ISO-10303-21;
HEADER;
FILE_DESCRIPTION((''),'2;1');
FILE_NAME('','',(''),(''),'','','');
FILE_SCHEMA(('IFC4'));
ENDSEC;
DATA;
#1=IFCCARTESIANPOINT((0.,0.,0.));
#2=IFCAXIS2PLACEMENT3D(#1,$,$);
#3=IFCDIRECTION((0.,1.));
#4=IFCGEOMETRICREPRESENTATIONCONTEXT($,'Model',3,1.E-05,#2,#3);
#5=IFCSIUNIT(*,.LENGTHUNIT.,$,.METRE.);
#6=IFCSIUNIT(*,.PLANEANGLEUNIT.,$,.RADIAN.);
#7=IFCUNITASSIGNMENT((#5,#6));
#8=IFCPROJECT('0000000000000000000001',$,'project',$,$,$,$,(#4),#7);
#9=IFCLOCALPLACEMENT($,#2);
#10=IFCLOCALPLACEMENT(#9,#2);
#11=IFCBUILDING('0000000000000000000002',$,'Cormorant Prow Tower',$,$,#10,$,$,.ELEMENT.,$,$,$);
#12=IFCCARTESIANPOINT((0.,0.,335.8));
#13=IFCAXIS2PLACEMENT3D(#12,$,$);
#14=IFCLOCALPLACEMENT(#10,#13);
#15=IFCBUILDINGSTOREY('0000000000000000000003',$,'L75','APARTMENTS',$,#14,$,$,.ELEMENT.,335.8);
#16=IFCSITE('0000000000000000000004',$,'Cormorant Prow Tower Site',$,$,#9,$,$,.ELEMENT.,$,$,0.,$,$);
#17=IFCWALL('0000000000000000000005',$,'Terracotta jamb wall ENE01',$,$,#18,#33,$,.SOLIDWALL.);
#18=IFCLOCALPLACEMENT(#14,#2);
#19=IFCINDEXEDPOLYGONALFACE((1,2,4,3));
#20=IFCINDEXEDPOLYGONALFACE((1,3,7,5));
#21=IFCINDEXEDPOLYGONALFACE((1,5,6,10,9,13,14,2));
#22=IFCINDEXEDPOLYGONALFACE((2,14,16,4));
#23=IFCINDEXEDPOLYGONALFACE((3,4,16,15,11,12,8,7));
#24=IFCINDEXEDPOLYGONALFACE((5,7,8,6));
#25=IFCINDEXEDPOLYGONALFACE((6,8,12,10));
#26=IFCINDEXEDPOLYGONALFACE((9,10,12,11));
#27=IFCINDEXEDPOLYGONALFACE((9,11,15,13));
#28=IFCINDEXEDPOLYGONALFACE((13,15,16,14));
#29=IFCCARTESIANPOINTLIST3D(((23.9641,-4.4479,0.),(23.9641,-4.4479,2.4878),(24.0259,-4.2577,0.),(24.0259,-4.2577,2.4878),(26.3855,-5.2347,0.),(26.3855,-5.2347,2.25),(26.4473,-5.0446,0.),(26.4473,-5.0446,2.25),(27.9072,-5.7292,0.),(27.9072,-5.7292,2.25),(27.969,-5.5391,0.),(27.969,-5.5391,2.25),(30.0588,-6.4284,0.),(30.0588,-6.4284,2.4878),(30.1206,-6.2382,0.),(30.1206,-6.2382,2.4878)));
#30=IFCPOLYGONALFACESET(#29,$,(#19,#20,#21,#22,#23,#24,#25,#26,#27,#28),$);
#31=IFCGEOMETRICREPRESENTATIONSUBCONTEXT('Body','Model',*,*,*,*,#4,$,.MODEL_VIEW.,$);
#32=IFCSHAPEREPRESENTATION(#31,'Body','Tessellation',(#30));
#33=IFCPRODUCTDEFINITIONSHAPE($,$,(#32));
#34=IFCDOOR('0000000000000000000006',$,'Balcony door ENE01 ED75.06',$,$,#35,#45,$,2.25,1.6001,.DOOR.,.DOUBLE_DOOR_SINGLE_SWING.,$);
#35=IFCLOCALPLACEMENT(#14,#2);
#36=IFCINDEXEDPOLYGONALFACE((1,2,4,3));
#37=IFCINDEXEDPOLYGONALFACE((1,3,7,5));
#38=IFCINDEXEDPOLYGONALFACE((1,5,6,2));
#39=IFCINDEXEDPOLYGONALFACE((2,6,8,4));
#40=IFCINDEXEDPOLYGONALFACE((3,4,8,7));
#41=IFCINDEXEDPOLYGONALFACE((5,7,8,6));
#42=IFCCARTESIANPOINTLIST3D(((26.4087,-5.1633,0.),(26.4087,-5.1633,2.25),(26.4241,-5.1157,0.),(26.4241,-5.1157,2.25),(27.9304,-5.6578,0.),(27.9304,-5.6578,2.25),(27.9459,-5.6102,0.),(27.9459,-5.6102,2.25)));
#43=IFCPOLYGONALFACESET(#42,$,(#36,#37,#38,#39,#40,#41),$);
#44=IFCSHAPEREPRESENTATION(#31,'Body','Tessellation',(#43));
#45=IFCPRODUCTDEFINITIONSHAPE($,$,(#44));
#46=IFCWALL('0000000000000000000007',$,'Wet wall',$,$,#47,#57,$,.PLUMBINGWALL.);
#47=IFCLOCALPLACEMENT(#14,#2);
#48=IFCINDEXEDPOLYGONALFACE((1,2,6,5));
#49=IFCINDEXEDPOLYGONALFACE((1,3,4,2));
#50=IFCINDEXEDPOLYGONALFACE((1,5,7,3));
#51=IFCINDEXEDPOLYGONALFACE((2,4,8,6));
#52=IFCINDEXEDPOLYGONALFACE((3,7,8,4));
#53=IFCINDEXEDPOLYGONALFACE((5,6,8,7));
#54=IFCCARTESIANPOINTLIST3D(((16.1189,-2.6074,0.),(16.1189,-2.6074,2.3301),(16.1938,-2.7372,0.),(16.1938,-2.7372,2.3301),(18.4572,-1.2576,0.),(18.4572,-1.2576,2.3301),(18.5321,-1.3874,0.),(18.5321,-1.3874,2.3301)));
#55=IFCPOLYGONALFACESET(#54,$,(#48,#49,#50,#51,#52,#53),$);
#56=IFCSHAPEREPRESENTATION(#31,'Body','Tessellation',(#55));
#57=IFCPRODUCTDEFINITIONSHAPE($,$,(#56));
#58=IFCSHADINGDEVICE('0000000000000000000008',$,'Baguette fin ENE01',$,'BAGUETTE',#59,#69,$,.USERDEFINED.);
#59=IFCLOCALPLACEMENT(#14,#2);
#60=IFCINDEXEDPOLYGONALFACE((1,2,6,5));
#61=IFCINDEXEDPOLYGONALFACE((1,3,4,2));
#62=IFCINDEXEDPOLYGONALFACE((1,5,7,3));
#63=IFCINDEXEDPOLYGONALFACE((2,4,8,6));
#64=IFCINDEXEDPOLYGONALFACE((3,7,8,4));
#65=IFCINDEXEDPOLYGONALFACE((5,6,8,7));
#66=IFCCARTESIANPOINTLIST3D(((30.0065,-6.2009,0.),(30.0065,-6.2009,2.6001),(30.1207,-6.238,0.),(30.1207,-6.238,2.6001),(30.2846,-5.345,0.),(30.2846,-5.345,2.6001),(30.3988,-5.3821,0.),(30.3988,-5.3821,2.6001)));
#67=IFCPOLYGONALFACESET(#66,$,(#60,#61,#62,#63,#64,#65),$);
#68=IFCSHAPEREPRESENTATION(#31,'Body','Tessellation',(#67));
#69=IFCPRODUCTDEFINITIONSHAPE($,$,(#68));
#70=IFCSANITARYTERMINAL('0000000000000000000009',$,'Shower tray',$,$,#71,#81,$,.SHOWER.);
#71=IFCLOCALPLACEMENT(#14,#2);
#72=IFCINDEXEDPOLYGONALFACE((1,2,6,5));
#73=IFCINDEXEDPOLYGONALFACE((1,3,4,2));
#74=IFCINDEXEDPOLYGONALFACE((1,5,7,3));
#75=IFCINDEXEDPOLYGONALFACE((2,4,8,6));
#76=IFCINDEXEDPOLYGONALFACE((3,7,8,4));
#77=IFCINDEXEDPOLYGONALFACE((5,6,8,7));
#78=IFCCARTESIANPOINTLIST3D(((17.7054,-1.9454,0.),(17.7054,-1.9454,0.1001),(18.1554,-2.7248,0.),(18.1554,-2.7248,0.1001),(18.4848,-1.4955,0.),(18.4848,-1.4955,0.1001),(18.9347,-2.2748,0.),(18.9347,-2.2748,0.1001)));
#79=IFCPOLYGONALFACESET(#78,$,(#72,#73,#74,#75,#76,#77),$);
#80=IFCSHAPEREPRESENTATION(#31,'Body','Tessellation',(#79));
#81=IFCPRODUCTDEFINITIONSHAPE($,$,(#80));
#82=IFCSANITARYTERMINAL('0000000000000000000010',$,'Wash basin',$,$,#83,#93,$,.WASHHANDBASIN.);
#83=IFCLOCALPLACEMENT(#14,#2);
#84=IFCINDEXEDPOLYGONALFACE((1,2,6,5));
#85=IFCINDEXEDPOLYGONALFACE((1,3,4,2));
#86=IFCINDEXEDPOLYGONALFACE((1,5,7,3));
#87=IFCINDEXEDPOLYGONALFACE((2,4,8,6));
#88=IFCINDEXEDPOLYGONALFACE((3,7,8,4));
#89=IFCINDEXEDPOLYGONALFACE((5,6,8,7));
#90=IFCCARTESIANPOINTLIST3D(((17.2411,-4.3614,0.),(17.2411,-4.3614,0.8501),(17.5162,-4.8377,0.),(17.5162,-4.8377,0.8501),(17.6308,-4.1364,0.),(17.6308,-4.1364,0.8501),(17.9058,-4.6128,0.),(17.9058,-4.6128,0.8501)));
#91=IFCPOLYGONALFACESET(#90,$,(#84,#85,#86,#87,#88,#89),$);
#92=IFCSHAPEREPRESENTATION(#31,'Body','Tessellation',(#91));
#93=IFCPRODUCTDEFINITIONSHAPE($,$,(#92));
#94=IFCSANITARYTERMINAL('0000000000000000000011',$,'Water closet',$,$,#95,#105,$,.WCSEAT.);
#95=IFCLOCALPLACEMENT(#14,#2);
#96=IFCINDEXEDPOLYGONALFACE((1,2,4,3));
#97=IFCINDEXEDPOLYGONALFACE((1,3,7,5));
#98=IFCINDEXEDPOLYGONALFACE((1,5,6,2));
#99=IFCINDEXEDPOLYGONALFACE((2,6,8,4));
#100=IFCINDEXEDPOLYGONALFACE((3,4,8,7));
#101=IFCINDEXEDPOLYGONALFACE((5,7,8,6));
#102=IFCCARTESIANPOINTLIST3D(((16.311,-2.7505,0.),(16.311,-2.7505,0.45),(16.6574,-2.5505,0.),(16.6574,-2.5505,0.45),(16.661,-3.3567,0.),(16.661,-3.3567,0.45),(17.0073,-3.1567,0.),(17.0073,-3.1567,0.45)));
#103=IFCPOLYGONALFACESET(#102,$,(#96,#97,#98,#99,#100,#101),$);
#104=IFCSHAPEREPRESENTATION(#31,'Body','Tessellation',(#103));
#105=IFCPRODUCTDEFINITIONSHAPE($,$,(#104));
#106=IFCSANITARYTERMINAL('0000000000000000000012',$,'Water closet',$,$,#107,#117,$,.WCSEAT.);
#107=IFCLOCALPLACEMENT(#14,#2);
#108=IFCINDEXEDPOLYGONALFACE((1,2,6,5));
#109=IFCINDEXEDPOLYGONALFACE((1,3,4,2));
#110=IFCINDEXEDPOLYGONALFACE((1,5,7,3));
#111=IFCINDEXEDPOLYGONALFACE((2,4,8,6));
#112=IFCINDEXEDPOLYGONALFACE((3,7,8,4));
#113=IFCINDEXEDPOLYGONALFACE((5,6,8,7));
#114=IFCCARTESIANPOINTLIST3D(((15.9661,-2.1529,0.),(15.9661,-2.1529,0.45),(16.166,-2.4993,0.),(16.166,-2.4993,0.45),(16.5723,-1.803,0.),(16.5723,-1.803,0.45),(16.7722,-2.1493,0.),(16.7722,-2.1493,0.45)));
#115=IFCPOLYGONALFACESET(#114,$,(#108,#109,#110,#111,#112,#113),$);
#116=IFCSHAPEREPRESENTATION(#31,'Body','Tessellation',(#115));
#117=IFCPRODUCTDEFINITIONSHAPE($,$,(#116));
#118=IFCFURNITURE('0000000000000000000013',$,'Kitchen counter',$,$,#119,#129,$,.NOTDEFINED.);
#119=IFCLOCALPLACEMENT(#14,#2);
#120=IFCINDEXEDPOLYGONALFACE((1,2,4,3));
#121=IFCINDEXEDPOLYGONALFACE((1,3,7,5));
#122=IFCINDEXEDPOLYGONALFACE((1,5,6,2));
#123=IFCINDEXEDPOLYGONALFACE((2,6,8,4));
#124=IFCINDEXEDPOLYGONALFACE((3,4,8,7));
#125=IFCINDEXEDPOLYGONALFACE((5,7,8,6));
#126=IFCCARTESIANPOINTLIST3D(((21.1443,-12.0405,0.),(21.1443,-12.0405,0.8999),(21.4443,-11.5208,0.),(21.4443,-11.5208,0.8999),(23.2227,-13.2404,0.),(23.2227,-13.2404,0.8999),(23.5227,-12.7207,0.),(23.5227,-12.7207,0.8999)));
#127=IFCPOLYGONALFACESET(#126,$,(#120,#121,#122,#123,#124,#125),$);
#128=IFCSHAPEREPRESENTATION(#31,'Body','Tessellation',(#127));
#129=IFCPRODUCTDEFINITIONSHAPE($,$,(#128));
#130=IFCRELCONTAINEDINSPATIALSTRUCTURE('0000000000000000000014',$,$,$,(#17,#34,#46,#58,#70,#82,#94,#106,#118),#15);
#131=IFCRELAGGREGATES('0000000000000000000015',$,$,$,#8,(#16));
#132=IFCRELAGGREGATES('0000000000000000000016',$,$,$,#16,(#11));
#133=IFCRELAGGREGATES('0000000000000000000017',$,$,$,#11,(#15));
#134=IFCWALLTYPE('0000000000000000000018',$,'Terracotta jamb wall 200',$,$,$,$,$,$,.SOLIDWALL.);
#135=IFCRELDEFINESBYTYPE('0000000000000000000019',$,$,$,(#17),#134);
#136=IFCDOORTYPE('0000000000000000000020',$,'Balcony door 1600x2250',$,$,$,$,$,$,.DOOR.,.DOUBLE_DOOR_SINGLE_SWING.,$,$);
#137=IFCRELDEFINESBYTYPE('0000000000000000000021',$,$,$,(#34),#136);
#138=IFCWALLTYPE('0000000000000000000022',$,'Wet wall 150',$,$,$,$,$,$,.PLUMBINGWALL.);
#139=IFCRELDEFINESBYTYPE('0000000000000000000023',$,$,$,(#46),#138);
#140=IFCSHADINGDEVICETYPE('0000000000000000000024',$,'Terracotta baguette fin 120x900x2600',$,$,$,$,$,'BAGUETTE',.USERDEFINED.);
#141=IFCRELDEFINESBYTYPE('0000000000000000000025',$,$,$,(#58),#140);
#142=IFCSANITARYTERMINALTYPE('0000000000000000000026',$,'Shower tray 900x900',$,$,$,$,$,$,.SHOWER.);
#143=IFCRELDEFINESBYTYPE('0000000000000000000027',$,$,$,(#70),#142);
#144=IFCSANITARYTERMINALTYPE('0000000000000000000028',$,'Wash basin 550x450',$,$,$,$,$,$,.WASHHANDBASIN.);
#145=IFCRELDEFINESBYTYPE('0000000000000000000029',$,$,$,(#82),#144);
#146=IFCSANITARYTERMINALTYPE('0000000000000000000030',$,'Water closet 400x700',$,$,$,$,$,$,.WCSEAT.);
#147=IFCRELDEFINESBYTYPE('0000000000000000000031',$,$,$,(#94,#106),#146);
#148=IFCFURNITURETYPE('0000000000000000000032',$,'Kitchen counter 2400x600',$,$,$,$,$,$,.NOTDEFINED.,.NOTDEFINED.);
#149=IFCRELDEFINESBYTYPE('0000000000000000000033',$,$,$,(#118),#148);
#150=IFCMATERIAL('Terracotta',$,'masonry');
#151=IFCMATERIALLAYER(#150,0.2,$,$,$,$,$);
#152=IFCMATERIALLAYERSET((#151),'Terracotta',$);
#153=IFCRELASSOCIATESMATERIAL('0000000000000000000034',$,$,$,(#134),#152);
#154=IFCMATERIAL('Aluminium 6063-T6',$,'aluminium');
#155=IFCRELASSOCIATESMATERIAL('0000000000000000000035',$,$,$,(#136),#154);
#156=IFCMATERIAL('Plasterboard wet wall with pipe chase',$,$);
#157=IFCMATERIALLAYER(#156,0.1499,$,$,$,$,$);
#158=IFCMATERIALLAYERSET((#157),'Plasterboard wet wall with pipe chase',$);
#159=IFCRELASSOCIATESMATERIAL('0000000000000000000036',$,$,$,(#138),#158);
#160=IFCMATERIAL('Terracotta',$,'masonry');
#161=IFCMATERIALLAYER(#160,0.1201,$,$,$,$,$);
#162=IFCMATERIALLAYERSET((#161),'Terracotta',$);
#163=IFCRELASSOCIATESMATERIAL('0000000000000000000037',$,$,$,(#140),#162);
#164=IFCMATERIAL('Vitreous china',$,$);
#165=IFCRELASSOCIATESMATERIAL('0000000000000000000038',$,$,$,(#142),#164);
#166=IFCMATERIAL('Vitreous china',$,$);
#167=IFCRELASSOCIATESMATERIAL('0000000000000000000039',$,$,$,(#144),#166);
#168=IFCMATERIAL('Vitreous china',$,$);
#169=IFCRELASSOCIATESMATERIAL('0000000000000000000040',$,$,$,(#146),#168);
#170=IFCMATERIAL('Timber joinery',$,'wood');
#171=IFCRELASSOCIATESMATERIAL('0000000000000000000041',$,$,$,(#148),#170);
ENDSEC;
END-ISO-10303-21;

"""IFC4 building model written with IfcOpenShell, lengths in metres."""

from ifc_helpers import new_model, si_unit, direction, frame, frame_2d, origin, origin_2d, place, context, subcontext, project, spatial, rectangle, extrude, material, layer, layer_set, type_object, element, fill, save


model = new_model("IFC4")

# Units and contexts
model_context = context("Model", 3, precision=1e-05, world=origin(), true_north=direction((0.0, 1.0)))
body_context = subcontext(model_context, "Body", "Model", "MODEL_VIEW")
ifc_project = project(units=[si_unit("LENGTHUNIT", "METRE"), si_unit("PLANEANGLEUNIT", "RADIAN")], contexts=[model_context])

# Site, building, storey
site_placement = place(None, origin())
site = spatial("IfcSite", under=ifc_project, at=site_placement, Name="Cormorant Prow Tower Site", CompositionType="ELEMENT", RefElevation=0.0)
building_placement = place(site_placement, origin())
building = spatial("IfcBuilding", under=site, at=building_placement, Name="Cormorant Prow Tower", CompositionType="ELEMENT")
storey_placement = place(building_placement, frame((0.0, 0.0, 335.8)))
storey = spatial("IfcBuildingStorey", under=building, at=storey_placement, Name="L75", Description="APARTMENTS", CompositionType="ELEMENT", Elevation=335.8)

# Wall, opening, door
ifc_material_1 = material(Name="Terracotta", Category="masonry")
ifc_layer_1 = layer(ifc_material_1, 0.2)
ifc_layer_set_1 = layer_set([ifc_layer_1], Name="Terracotta")
wall_type_1 = type_object("IfcWallType", Name="Terracotta jamb wall 200", PredefinedType="SOLIDWALL", material=ifc_layer_set_1)
wall_1_placement = place(storey_placement, frame((30.0896, -6.3333, 0.0), z_axis=(0.0, 0.0, 1.0), x_axis=(-0.951049, 0.309041, 0.0)))
wall_1 = element("IfcWall", 1, at=wall_1_placement, inside=storey, type_object=wall_type_1, Name="Terracotta jamb wall ENE01", PredefinedType="SOLIDWALL", context=body_context, shape_type="SweptSolid", body=[
    extrude(rectangle(XDim=6.4084, YDim=0.2, at=frame_2d((3.2041, 0.0))), origin(), (0.0, 0.0, 1.0), 2.4878),
])
opening_1_placement = place(wall_1_placement, frame((2.2622, 0.0, 0.0)))
opening_1 = element("IfcOpeningElement", 2, at=opening_1_placement, cuts=wall_1, PredefinedType="OPENING", context=body_context, shape_type="SweptSolid", body=[
    extrude(rectangle(XDim=1.6001, YDim=2.25, at=frame_2d((0.8, 1.125))), frame((0.0, 0.1099, 0.0), z_axis=(0.0, -1.0, 0.0), x_axis=(1.0, 0.0, 0.0)), (0.0, 0.0, 1.0), 0.22),
])
ifc_material_2 = material(Name="Aluminium 6063-T6", Category="aluminium")
door_type_1 = type_object("IfcDoorType", Name="Balcony door 1600x2250", OperationType="DOUBLE_DOOR_SINGLE_SWING", PredefinedType="DOOR", material=ifc_material_2)
door_1_placement = place(opening_1_placement, origin())
door_1 = element("IfcDoor", 3, at=door_1_placement, inside=storey, type_object=door_type_1, Name="Balcony door ENE01 ED75.06", OperationType="DOUBLE_DOOR_SINGLE_SWING", OverallHeight=2.25, OverallWidth=1.6001, PredefinedType="DOOR", context=body_context, shape_type="SweptSolid", body=[
    extrude(rectangle(XDim=1.6001, YDim=2.25, at=frame_2d((0.8, 1.125))), frame((0.0, 0.0249, 0.0), z_axis=(0.0, -1.0, 0.0), x_axis=(1.0, 0.0, 0.0)), (0.0, 0.0, 1.0), 0.05),
])
fill(opening_1, door_1)

# Wall
ifc_material_3 = material(Name="Plasterboard wet wall with pipe chase")
ifc_layer_2 = layer(ifc_material_3, 0.1499)
ifc_layer_set_2 = layer_set([ifc_layer_2], Name="Plasterboard wet wall with pipe chase")
wall_type_2 = type_object("IfcWallType", Name="Wet wall 150", PredefinedType="PLUMBINGWALL", material=ifc_layer_set_2)
wall_2_placement = place(storey_placement, frame((16.1562, -2.6724, 0.0), z_axis=(0.0, 0.0, 1.0), x_axis=(0.866059, 0.499942, 0.0)))
element("IfcWall", 4, at=wall_2_placement, inside=storey, type_object=wall_type_2, Name="Wet wall", PredefinedType="PLUMBINGWALL", context=body_context, shape_type="SweptSolid", body=[
    extrude(rectangle(XDim=2.7, YDim=0.1499, at=frame_2d((1.3501, 0.0))), origin(), (0.0, 0.0, 1.0), 2.3301),
])

# Shading device
ifc_material_4 = material(Name="Terracotta", Category="masonry")
ifc_layer_3 = layer(ifc_material_4, 0.1201)
ifc_layer_set_3 = layer_set([ifc_layer_3], Name="Terracotta")
shading_device_type = type_object("IfcShadingDeviceType", Name="Terracotta baguette fin 120x900x2600", ElementType="BAGUETTE", PredefinedType="USERDEFINED", material=ifc_layer_set_3)
shading_device_placement = place(storey_placement, frame((30.2026, -5.7915, 0.0), z_axis=(0.0, 0.0, 1.0), x_axis=(-0.951057, 0.309017, 0.0)))
element("IfcShadingDevice", 5, at=shading_device_placement, inside=storey, type_object=shading_device_type, Name="Baguette fin ENE01", ObjectType="BAGUETTE", PredefinedType="USERDEFINED", context=body_context, shape_type="SweptSolid", body=[
    extrude(rectangle(XDim=0.1201, YDim=0.8999, at=origin_2d()), origin(), (0.0, 0.0, 1.0), 2.6001),
])

# Sanitary terminals
ifc_material_5 = material(Name="Vitreous china")
sanitary_terminal_type_1 = type_object("IfcSanitaryTerminalType", Name="Shower tray 900x900", PredefinedType="SHOWER", material=ifc_material_5)
sanitary_terminal_1_placement = place(storey_placement, frame((18.3201, -2.1101, 0.0), z_axis=(0.0, 0.0, 1.0), x_axis=(0.5, -0.866025, 0.0)))
element("IfcSanitaryTerminal", 6, at=sanitary_terminal_1_placement, inside=storey, type_object=sanitary_terminal_type_1, Name="Shower tray", PredefinedType="SHOWER", context=body_context, shape_type="SweptSolid", body=[
    extrude(rectangle(XDim=0.8999, YDim=0.8999, at=origin_2d()), origin(), (0.0, 0.0, 1.0), 0.1001),
])
ifc_material_6 = material(Name="Vitreous china")
sanitary_terminal_type_2 = type_object("IfcSanitaryTerminalType", Name="Wash basin 550x450", PredefinedType="WASHHANDBASIN", material=ifc_material_6)
sanitary_terminal_2_placement = place(storey_placement, frame((17.5735, -4.4871, 0.0), z_axis=(0.0, 0.0, 1.0), x_axis=(-0.5, 0.866025, 0.0)))
element("IfcSanitaryTerminal", 7, at=sanitary_terminal_2_placement, inside=storey, type_object=sanitary_terminal_type_2, Name="Wash basin", PredefinedType="WASHHANDBASIN", context=body_context, shape_type="SweptSolid", body=[
    extrude(rectangle(XDim=0.55, YDim=0.45, at=origin_2d()), origin(), (0.0, 0.0, 1.0), 0.8501),
])
ifc_material_7 = material(Name="Vitreous china")
sanitary_terminal_type_3 = type_object("IfcSanitaryTerminalType", Name="Water closet 400x700", PredefinedType="WCSEAT", material=ifc_material_7)
for number, where, z_axis, x_axis, name in (
    (8, (16.6592, -2.9536, 0.0), (0.0, 0.0, 1.0), (0.866025, 0.5, 0.0), "Water closet"),
    (9, (16.3691, -2.1511, 0.0), (0.0, 0.0, 1.0), (-0.5, 0.866025, 0.0), "Water closet"),
):
    element("IfcSanitaryTerminal", number, at=place(storey_placement, frame(where, z_axis=z_axis, x_axis=x_axis)), inside=storey, type_object=sanitary_terminal_type_3, Name=name, PredefinedType="WCSEAT", context=body_context, shape_type="SweptSolid", body=[
        extrude(rectangle(XDim=0.3999, YDim=0.7, at=origin_2d()), origin(), (0.0, 0.0, 1.0), 0.45),
    ])

# Furniture
ifc_material_8 = material(Name="Timber joinery", Category="wood")
furniture_type = type_object("IfcFurnitureType", Name="Kitchen counter 2400x600", AssemblyPlace="NOTDEFINED", PredefinedType="NOTDEFINED", material=ifc_material_8)
furniture_placement = place(storey_placement, frame((22.3335, -12.3806, 0.0), z_axis=(0.0, 0.0, 1.0), x_axis=(-0.866025, 0.5, 0.0)))
element("IfcFurniture", 10, at=furniture_placement, inside=storey, type_object=furniture_type, Name="Kitchen counter", PredefinedType="NOTDEFINED", context=body_context, shape_type="SweptSolid", body=[
    extrude(rectangle(XDim=2.3999, YDim=0.6001, at=origin_2d()), origin(), (0.0, 0.0, 1.0), 0.8999),
])

save(model, "model.ifc")
